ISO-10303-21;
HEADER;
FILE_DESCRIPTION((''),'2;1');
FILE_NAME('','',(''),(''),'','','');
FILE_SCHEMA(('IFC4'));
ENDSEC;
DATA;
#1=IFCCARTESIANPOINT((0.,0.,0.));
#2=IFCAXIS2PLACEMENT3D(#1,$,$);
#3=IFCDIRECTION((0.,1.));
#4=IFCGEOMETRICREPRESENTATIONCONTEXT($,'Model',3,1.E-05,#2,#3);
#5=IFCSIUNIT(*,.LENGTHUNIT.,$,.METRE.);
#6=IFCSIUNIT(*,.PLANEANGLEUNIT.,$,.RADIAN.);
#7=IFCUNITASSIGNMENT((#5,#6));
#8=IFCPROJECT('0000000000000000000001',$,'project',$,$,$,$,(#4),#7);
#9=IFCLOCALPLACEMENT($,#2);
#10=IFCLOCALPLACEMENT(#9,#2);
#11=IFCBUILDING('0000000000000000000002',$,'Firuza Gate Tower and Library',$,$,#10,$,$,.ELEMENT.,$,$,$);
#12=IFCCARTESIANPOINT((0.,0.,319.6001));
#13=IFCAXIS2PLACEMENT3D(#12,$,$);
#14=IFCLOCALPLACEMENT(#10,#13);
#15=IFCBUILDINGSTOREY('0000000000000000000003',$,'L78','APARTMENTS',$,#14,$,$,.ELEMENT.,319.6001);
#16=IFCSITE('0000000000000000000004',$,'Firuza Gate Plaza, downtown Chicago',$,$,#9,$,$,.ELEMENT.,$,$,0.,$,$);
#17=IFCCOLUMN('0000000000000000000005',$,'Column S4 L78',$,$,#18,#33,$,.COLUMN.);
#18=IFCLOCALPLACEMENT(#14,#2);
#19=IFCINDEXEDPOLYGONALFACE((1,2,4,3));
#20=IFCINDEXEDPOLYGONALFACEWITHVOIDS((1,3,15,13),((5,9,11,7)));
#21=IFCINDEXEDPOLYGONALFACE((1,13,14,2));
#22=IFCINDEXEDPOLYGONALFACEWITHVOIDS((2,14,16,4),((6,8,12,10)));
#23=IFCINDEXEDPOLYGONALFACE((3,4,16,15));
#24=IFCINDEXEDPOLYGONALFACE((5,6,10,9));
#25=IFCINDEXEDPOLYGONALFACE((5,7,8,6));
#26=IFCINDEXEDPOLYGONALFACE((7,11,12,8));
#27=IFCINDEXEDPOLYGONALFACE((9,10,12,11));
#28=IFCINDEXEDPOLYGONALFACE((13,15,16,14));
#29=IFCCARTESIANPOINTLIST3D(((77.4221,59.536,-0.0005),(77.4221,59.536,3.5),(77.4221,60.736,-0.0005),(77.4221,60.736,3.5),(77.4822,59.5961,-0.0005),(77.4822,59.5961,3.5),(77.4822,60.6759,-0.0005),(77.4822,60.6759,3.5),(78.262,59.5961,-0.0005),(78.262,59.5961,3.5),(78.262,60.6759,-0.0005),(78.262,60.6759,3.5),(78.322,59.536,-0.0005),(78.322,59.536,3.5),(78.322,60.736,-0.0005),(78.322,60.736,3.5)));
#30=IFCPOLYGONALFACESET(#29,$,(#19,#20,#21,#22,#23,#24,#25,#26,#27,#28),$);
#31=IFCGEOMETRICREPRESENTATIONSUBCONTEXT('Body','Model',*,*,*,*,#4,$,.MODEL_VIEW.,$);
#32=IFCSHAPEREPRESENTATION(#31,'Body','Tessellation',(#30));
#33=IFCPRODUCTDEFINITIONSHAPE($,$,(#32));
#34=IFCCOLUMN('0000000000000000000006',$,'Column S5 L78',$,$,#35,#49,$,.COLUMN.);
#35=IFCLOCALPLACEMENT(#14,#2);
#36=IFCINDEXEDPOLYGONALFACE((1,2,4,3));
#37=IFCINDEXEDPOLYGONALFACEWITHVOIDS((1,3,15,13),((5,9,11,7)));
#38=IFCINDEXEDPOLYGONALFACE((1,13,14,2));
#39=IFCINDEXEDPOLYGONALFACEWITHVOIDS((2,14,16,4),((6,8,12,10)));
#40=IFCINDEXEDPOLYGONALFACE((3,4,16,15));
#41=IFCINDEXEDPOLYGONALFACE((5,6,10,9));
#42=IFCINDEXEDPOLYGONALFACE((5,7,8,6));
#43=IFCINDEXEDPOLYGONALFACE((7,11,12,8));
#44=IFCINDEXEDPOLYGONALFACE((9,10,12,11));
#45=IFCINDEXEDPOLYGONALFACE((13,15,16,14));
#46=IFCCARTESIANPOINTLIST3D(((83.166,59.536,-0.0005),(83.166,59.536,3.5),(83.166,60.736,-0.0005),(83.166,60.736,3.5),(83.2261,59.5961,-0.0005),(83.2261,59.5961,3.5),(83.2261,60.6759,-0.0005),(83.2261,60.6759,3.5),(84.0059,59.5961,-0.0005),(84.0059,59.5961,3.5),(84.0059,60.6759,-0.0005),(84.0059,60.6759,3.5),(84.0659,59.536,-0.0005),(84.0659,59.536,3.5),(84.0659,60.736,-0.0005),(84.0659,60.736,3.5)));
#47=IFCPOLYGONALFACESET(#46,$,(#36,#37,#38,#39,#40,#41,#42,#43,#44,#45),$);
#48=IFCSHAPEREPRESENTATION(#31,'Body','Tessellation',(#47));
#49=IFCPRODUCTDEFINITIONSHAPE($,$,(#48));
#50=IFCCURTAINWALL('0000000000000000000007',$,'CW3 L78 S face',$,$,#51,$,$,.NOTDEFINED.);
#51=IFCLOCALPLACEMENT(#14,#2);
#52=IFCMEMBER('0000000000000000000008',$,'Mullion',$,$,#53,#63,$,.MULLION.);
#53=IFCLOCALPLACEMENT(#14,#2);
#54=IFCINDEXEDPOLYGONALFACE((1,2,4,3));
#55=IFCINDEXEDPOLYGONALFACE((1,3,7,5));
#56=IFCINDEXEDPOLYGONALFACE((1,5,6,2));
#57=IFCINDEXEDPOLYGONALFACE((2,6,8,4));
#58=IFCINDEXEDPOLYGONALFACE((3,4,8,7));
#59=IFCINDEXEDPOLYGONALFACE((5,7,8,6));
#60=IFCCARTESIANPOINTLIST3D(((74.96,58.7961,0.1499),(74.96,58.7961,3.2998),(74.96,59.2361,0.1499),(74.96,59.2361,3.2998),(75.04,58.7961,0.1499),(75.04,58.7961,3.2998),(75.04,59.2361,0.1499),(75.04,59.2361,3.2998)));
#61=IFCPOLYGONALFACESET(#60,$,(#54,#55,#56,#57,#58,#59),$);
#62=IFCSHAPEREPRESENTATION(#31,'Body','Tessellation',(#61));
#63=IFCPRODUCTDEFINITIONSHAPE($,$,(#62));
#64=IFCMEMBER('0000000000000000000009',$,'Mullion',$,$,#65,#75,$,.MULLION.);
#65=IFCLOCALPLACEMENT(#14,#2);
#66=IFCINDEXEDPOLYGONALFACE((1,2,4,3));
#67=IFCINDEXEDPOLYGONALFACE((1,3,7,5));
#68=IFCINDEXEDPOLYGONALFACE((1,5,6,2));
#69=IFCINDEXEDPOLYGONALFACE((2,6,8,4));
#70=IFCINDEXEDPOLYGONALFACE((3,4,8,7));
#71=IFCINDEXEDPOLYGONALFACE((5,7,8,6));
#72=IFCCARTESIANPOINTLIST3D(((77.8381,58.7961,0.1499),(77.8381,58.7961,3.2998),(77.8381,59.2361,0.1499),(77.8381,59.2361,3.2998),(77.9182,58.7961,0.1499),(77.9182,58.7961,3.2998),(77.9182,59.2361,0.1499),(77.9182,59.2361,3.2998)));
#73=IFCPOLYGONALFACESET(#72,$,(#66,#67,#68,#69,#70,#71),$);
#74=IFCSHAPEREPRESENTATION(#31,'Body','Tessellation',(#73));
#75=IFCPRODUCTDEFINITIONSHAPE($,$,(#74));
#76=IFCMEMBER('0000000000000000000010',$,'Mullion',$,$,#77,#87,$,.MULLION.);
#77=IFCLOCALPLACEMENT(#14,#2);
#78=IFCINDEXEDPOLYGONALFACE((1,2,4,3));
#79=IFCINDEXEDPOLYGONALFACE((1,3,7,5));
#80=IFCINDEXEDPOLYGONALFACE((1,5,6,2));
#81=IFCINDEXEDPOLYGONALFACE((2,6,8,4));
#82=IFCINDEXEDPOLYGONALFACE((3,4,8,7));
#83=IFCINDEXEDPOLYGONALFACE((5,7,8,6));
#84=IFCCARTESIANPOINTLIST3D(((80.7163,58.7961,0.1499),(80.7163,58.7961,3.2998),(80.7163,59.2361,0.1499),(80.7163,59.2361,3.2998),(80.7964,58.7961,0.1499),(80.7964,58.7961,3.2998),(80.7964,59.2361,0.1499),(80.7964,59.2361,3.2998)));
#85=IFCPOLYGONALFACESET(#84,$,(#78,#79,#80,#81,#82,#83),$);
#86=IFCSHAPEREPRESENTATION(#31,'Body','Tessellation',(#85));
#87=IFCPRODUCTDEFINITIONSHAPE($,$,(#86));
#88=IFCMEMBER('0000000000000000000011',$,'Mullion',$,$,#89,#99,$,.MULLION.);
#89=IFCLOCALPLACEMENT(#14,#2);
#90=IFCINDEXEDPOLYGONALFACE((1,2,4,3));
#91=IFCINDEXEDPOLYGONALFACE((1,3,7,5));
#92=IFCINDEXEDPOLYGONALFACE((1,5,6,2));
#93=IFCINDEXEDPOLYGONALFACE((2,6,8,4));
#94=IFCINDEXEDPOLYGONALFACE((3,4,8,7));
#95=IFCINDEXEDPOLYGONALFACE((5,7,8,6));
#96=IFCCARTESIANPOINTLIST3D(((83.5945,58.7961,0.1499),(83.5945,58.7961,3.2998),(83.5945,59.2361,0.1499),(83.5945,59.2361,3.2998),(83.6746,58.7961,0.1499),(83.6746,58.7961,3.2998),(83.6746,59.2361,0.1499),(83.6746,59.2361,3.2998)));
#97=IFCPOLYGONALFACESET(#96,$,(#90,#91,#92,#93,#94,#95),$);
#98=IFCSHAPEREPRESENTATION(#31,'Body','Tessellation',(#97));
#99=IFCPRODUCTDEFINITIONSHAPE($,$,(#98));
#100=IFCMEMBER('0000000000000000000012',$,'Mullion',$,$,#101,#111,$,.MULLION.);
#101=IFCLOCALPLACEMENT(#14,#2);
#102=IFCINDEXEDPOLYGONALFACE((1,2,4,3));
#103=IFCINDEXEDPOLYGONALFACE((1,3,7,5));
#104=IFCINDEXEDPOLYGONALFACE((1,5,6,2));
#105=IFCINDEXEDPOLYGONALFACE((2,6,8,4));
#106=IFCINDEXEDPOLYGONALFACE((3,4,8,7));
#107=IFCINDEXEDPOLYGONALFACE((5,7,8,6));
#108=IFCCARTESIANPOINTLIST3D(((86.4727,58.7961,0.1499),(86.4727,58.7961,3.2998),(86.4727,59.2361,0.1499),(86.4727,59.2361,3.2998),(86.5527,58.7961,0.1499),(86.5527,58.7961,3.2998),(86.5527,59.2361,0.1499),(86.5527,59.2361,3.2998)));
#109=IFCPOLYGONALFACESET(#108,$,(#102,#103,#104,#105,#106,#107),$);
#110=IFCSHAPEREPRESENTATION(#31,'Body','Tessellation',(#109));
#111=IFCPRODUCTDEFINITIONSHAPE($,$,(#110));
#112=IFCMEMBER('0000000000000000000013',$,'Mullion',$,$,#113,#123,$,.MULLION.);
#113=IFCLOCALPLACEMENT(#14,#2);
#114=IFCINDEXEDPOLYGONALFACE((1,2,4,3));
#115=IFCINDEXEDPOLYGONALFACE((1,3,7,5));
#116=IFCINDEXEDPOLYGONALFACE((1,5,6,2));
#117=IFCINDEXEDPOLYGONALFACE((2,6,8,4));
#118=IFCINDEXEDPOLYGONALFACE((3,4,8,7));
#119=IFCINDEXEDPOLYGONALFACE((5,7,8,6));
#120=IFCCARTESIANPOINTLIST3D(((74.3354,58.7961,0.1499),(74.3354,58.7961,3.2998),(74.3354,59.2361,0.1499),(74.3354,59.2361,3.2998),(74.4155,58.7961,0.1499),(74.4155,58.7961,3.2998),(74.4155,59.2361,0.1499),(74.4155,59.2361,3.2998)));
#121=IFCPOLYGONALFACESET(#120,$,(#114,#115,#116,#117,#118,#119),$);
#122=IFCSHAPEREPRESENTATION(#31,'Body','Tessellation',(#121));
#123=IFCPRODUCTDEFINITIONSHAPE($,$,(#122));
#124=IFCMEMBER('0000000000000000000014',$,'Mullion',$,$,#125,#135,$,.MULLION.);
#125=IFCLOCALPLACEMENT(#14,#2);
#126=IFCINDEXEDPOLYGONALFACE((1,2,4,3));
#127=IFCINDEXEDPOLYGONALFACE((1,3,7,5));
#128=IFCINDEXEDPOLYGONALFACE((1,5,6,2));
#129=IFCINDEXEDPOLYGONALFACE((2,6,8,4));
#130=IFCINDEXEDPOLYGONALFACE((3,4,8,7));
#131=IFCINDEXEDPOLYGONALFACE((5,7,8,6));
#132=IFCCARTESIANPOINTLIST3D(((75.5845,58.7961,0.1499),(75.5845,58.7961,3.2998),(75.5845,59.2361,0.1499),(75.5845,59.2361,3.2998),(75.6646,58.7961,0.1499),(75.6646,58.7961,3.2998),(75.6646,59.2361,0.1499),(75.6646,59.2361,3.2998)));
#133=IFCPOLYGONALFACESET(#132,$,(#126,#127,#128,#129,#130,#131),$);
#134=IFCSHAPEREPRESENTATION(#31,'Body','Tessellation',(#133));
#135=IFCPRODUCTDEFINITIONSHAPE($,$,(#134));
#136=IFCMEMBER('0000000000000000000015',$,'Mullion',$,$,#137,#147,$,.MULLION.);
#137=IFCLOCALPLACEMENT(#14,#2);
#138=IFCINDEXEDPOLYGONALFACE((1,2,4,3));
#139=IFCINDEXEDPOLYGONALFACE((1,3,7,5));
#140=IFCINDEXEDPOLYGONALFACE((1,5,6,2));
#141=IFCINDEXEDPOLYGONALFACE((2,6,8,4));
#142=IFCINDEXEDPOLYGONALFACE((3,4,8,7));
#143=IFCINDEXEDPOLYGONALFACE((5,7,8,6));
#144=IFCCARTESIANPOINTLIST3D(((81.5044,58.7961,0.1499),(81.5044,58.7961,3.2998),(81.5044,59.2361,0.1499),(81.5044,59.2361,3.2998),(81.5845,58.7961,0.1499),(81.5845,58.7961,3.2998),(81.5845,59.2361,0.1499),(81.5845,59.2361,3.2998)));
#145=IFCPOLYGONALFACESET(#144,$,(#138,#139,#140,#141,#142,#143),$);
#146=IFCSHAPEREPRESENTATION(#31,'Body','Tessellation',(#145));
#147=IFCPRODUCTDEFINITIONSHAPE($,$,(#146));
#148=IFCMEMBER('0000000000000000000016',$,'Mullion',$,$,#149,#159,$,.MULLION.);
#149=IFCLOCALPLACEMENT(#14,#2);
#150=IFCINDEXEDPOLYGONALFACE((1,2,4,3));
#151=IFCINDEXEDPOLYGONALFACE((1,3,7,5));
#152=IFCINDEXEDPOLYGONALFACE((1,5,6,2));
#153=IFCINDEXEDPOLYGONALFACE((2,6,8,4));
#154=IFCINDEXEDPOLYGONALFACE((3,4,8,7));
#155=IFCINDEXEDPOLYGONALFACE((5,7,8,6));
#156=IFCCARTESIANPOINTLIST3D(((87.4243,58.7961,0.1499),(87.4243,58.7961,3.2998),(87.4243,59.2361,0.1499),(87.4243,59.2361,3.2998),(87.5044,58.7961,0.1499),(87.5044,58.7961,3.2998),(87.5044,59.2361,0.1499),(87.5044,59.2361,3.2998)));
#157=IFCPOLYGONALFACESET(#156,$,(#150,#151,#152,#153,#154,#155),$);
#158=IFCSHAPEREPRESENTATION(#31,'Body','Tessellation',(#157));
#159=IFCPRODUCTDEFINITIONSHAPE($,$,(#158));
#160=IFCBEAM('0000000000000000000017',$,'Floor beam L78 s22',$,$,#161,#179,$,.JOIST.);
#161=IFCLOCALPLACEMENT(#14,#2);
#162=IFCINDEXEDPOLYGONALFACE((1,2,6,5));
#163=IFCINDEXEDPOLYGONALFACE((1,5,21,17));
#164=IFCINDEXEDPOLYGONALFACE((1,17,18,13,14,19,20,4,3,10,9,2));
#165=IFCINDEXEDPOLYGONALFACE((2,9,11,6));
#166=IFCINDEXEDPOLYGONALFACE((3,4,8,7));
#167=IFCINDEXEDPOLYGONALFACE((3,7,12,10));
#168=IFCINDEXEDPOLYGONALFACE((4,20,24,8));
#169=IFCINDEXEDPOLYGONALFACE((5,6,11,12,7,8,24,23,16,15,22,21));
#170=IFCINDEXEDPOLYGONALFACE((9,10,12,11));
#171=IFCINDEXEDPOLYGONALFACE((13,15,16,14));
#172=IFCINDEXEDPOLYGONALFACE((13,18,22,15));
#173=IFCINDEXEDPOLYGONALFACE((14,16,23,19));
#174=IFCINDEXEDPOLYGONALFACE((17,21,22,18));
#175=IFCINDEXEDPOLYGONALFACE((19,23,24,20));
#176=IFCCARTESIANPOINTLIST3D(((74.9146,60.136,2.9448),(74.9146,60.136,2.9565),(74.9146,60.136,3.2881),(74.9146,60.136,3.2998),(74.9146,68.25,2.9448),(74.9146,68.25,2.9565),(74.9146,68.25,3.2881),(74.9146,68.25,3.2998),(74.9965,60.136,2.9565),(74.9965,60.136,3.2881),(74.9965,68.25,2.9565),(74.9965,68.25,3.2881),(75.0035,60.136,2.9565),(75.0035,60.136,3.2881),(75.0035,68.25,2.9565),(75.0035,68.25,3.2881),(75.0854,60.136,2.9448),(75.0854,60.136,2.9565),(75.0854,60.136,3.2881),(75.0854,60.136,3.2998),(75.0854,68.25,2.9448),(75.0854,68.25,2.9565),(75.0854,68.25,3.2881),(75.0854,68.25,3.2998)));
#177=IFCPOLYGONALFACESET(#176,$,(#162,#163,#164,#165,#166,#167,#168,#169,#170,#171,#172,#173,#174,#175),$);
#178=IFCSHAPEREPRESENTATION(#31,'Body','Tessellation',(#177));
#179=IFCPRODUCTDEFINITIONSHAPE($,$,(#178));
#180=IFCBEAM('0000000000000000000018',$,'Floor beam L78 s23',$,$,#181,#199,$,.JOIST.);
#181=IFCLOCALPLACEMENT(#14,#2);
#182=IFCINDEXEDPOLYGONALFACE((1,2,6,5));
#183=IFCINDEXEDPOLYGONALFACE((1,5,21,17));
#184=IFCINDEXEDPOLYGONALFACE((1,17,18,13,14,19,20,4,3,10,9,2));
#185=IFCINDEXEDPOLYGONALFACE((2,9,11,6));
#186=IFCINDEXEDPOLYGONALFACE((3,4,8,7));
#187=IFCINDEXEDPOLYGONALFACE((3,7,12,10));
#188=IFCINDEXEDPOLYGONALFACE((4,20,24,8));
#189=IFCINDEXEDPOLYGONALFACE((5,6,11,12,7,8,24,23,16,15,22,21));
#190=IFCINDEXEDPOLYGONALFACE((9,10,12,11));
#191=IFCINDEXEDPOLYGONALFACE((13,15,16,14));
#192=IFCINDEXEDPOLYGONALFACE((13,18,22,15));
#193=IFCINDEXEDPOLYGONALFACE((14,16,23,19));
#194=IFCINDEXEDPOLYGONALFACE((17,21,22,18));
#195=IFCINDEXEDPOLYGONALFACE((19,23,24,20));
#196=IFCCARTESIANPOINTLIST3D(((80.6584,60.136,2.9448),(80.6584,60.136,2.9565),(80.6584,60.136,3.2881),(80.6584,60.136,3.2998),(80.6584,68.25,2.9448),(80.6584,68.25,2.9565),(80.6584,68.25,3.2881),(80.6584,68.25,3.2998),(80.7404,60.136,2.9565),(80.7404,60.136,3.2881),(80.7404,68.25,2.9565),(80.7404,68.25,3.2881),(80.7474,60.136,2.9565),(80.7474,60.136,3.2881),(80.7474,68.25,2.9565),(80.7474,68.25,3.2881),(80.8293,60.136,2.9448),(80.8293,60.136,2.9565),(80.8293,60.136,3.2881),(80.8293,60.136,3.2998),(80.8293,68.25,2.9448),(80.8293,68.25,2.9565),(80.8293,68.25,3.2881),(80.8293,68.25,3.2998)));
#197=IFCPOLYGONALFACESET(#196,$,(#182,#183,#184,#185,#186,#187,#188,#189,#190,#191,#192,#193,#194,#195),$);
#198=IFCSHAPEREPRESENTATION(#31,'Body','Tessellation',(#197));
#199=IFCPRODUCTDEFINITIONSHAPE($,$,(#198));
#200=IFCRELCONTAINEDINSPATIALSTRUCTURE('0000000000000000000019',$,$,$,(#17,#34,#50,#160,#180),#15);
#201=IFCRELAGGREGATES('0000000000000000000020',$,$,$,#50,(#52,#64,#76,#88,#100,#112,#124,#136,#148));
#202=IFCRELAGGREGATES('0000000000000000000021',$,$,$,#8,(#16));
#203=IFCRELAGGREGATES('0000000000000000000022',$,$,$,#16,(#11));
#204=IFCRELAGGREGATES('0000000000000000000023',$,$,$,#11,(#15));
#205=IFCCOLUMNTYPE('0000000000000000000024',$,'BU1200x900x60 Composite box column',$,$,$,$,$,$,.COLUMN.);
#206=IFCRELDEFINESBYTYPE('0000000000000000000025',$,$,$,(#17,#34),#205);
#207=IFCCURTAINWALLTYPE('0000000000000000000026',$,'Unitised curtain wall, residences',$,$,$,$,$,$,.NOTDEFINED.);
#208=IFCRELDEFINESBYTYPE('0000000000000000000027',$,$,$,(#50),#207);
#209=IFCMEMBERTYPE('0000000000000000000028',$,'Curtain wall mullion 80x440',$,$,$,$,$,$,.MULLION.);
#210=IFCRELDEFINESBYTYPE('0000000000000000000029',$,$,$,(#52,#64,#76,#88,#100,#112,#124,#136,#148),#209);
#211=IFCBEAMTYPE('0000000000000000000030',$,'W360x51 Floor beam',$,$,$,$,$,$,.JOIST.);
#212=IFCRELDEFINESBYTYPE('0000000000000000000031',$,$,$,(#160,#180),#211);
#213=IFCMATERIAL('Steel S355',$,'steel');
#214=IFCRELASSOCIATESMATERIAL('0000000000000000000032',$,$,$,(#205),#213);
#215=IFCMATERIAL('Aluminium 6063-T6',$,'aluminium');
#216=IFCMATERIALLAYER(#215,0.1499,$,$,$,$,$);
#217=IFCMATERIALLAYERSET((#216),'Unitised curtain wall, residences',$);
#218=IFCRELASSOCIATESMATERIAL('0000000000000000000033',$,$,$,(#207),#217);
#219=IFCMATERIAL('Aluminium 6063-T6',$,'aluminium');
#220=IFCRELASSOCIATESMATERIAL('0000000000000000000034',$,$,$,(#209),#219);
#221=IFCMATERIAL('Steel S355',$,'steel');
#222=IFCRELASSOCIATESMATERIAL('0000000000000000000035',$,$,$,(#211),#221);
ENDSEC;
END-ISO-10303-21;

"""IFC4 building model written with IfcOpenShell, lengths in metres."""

from ifc_helpers import new_model, si_unit, direction, frame, origin, origin_2d, place, context, subcontext, project, spatial, rectangle, hollow_rectangle, i_section, extrude, material, layer, layer_set, material_profile, profile_set, type_object, element, aggregate, save


model = new_model("IFC4")

# Units and contexts
model_context = context("Model", 3, precision=1e-05, world=origin(), true_north=direction((0.0, 1.0)))
body_context = subcontext(model_context, "Body", "Model", "MODEL_VIEW")
ifc_project = project(units=[si_unit("LENGTHUNIT", "METRE"), si_unit("PLANEANGLEUNIT", "RADIAN")], contexts=[model_context])

# Site, building, storey
site_placement = place(None, origin())
site = spatial("IfcSite", under=ifc_project, at=site_placement, Name="Firuza Gate Plaza, downtown Chicago", CompositionType="ELEMENT", RefElevation=0.0)
building_placement = place(site_placement, origin())
building = spatial("IfcBuilding", under=site, at=building_placement, Name="Firuza Gate Tower and Library", CompositionType="ELEMENT")
storey_placement = place(building_placement, frame((0.0, 0.0, 319.6001)))
storey = spatial("IfcBuildingStorey", under=building, at=storey_placement, Name="L78", Description="APARTMENTS", CompositionType="ELEMENT", Elevation=319.6001)

# Columns
ifc_material_1 = material(Name="Steel S355", Category="steel")
ifc_material_profile_1 = material_profile(ifc_material_1, hollow_rectangle(XDim=0.8999, YDim=1.2, WallThickness=0.0601, at=origin_2d()))
ifc_profile_set_1 = profile_set([ifc_material_profile_1], Name="Steel S355")
column_type = type_object("IfcColumnType", Name="BU1200x900x60 Composite box column", PredefinedType="COLUMN", material=ifc_profile_set_1)
for number, where, z_axis, x_axis, name in (
    (1, (77.8721, 60.136, -0.0005), (0.0, 0.0, 1.0), (1.0, 0.0, 0.0), "Column S4 L78"),
    (2, (83.616, 60.136, -0.0005), (0.0, 0.0, 1.0), (1.0, 0.0, 0.0), "Column S5 L78"),
):
    element("IfcColumn", number, at=place(storey_placement, frame(where, z_axis=z_axis, x_axis=x_axis)), inside=storey, type_object=column_type, Name=name, PredefinedType="COLUMN", context=body_context, shape_type="SweptSolid", body=[
        extrude(hollow_rectangle(XDim=0.8999, YDim=1.2, WallThickness=0.0601, at=origin_2d()), origin(), (0.0, 0.0, 1.0), 3.5005),
    ])

# Curtain wall, members
ifc_material_2 = material(Name="Aluminium 6063-T6", Category="aluminium")
ifc_layer_1 = layer(ifc_material_2, 0.1499)
ifc_layer_set_1 = layer_set([ifc_layer_1], Name="Unitised curtain wall, residences")
curtain_wall_type = type_object("IfcCurtainWallType", Name="Unitised curtain wall, residences", PredefinedType="NOTDEFINED", material=ifc_layer_set_1)
curtain_wall_placement = place(storey_placement, origin())
curtain_wall = element("IfcCurtainWall", 3, at=curtain_wall_placement, inside=storey, type_object=curtain_wall_type, Name="CW3 L78 S face", PredefinedType="NOTDEFINED")
ifc_material_3 = material(Name="Aluminium 6063-T6", Category="aluminium")
ifc_material_profile_2 = material_profile(ifc_material_3, rectangle(XDim=0.4399, YDim=0.0801, at=origin_2d()))
ifc_profile_set_2 = profile_set([ifc_material_profile_2], Name="Aluminium 6063-T6")
member_type = type_object("IfcMemberType", Name="Curtain wall mullion 80x440", PredefinedType="MULLION", material=ifc_profile_set_2)
member_1_placement = place(storey_placement, frame((75.0, 59.0161, 0.1499), z_axis=(0.0, 0.0, 1.0), x_axis=(0.0, 1.0, 0.0)))
member_1 = element("IfcMember", 4, at=member_1_placement, type_object=member_type, Name="Mullion", PredefinedType="MULLION", context=body_context, shape_type="SweptSolid", body=[
    extrude(rectangle(XDim=0.4399, YDim=0.0801, at=origin_2d()), origin(), (0.0, 0.0, 1.0), 3.1499),
])
member_2_placement = place(storey_placement, frame((77.8782, 59.0161, 0.1499), z_axis=(0.0, 0.0, 1.0), x_axis=(0.0, 1.0, 0.0)))
member_2 = element("IfcMember", 5, at=member_2_placement, type_object=member_type, Name="Mullion", PredefinedType="MULLION", context=body_context, shape_type="SweptSolid", body=[
    extrude(rectangle(XDim=0.4399, YDim=0.0801, at=origin_2d()), origin(), (0.0, 0.0, 1.0), 3.1499),
])
member_3_placement = place(storey_placement, frame((80.7563, 59.0161, 0.1499), z_axis=(0.0, 0.0, 1.0), x_axis=(0.0, 1.0, 0.0)))
member_3 = element("IfcMember", 6, at=member_3_placement, type_object=member_type, Name="Mullion", PredefinedType="MULLION", context=body_context, shape_type="SweptSolid", body=[
    extrude(rectangle(XDim=0.4399, YDim=0.0801, at=origin_2d()), origin(), (0.0, 0.0, 1.0), 3.1499),
])
member_4_placement = place(storey_placement, frame((83.6345, 59.0161, 0.1499), z_axis=(0.0, 0.0, 1.0), x_axis=(0.0, 1.0, 0.0)))
member_4 = element("IfcMember", 7, at=member_4_placement, type_object=member_type, Name="Mullion", PredefinedType="MULLION", context=body_context, shape_type="SweptSolid", body=[
    extrude(rectangle(XDim=0.4399, YDim=0.0801, at=origin_2d()), origin(), (0.0, 0.0, 1.0), 3.1499),
])
member_5_placement = place(storey_placement, frame((86.5127, 59.0161, 0.1499), z_axis=(0.0, 0.0, 1.0), x_axis=(0.0, 1.0, 0.0)))
member_5 = element("IfcMember", 8, at=member_5_placement, type_object=member_type, Name="Mullion", PredefinedType="MULLION", context=body_context, shape_type="SweptSolid", body=[
    extrude(rectangle(XDim=0.4399, YDim=0.0801, at=origin_2d()), origin(), (0.0, 0.0, 1.0), 3.1499),
])
member_6_placement = place(storey_placement, frame((74.3755, 59.0161, 0.1499), z_axis=(0.0, 0.0, 1.0), x_axis=(0.0, 1.0, 0.0)))
member_6 = element("IfcMember", 9, at=member_6_placement, type_object=member_type, Name="Mullion", PredefinedType="MULLION", context=body_context, shape_type="SweptSolid", body=[
    extrude(rectangle(XDim=0.4399, YDim=0.0801, at=origin_2d()), origin(), (0.0, 0.0, 1.0), 3.1499),
])
member_7_placement = place(storey_placement, frame((75.6245, 59.0161, 0.1499), z_axis=(0.0, 0.0, 1.0), x_axis=(0.0, 1.0, 0.0)))
member_7 = element("IfcMember", 10, at=member_7_placement, type_object=member_type, Name="Mullion", PredefinedType="MULLION", context=body_context, shape_type="SweptSolid", body=[
    extrude(rectangle(XDim=0.4399, YDim=0.0801, at=origin_2d()), origin(), (0.0, 0.0, 1.0), 3.1499),
])
member_8_placement = place(storey_placement, frame((81.5444, 59.0161, 0.1499), z_axis=(0.0, 0.0, 1.0), x_axis=(0.0, 1.0, 0.0)))
member_8 = element("IfcMember", 11, at=member_8_placement, type_object=member_type, Name="Mullion", PredefinedType="MULLION", context=body_context, shape_type="SweptSolid", body=[
    extrude(rectangle(XDim=0.4399, YDim=0.0801, at=origin_2d()), origin(), (0.0, 0.0, 1.0), 3.1499),
])
member_9_placement = place(storey_placement, frame((87.4644, 59.0161, 0.1499), z_axis=(0.0, 0.0, 1.0), x_axis=(0.0, 1.0, 0.0)))
member_9 = element("IfcMember", 12, at=member_9_placement, type_object=member_type, Name="Mullion", PredefinedType="MULLION", context=body_context, shape_type="SweptSolid", body=[
    extrude(rectangle(XDim=0.4399, YDim=0.0801, at=origin_2d()), origin(), (0.0, 0.0, 1.0), 3.1499),
])

# Beams
ifc_material_4 = material(Name="Steel S355", Category="steel")
ifc_material_profile_3 = material_profile(ifc_material_4, i_section(OverallWidth=0.1709, OverallDepth=0.355, WebThickness=0.0071, FlangeThickness=0.0117, at=origin_2d()))
ifc_profile_set_3 = profile_set([ifc_material_profile_3], Name="Steel S355")
beam_type_1 = type_object("IfcBeamType", Name="W360x51 Floor beam", PredefinedType="JOIST", material=ifc_profile_set_3)
for number, where, z_axis, x_axis, name in (
    (13, (75.0, 60.136, 3.1223), (0.0, 1.0, 0.0), (-1.0, 0.0, 0.0), "Floor beam L78 s22"),
    (14, (80.7439, 60.136, 3.1223), (0.0, 1.0, 0.0), (-1.0, 0.0, 0.0), "Floor beam L78 s23"),
):
    element("IfcBeam", number, at=place(storey_placement, frame(where, z_axis=z_axis, x_axis=x_axis)), inside=storey, type_object=beam_type_1, Name=name, PredefinedType="JOIST", context=body_context, shape_type="SweptSolid", body=[
        extrude(i_section(OverallWidth=0.1709, OverallDepth=0.355, WebThickness=0.0071, FlangeThickness=0.0117, at=origin_2d()), origin(), (0.0, 0.0, 1.0), 8.114),
    ])

aggregate(curtain_wall, [member_1, member_2, member_3, member_4, member_5, member_6, member_7, member_8, member_9])

save(model, "model.ifc")
